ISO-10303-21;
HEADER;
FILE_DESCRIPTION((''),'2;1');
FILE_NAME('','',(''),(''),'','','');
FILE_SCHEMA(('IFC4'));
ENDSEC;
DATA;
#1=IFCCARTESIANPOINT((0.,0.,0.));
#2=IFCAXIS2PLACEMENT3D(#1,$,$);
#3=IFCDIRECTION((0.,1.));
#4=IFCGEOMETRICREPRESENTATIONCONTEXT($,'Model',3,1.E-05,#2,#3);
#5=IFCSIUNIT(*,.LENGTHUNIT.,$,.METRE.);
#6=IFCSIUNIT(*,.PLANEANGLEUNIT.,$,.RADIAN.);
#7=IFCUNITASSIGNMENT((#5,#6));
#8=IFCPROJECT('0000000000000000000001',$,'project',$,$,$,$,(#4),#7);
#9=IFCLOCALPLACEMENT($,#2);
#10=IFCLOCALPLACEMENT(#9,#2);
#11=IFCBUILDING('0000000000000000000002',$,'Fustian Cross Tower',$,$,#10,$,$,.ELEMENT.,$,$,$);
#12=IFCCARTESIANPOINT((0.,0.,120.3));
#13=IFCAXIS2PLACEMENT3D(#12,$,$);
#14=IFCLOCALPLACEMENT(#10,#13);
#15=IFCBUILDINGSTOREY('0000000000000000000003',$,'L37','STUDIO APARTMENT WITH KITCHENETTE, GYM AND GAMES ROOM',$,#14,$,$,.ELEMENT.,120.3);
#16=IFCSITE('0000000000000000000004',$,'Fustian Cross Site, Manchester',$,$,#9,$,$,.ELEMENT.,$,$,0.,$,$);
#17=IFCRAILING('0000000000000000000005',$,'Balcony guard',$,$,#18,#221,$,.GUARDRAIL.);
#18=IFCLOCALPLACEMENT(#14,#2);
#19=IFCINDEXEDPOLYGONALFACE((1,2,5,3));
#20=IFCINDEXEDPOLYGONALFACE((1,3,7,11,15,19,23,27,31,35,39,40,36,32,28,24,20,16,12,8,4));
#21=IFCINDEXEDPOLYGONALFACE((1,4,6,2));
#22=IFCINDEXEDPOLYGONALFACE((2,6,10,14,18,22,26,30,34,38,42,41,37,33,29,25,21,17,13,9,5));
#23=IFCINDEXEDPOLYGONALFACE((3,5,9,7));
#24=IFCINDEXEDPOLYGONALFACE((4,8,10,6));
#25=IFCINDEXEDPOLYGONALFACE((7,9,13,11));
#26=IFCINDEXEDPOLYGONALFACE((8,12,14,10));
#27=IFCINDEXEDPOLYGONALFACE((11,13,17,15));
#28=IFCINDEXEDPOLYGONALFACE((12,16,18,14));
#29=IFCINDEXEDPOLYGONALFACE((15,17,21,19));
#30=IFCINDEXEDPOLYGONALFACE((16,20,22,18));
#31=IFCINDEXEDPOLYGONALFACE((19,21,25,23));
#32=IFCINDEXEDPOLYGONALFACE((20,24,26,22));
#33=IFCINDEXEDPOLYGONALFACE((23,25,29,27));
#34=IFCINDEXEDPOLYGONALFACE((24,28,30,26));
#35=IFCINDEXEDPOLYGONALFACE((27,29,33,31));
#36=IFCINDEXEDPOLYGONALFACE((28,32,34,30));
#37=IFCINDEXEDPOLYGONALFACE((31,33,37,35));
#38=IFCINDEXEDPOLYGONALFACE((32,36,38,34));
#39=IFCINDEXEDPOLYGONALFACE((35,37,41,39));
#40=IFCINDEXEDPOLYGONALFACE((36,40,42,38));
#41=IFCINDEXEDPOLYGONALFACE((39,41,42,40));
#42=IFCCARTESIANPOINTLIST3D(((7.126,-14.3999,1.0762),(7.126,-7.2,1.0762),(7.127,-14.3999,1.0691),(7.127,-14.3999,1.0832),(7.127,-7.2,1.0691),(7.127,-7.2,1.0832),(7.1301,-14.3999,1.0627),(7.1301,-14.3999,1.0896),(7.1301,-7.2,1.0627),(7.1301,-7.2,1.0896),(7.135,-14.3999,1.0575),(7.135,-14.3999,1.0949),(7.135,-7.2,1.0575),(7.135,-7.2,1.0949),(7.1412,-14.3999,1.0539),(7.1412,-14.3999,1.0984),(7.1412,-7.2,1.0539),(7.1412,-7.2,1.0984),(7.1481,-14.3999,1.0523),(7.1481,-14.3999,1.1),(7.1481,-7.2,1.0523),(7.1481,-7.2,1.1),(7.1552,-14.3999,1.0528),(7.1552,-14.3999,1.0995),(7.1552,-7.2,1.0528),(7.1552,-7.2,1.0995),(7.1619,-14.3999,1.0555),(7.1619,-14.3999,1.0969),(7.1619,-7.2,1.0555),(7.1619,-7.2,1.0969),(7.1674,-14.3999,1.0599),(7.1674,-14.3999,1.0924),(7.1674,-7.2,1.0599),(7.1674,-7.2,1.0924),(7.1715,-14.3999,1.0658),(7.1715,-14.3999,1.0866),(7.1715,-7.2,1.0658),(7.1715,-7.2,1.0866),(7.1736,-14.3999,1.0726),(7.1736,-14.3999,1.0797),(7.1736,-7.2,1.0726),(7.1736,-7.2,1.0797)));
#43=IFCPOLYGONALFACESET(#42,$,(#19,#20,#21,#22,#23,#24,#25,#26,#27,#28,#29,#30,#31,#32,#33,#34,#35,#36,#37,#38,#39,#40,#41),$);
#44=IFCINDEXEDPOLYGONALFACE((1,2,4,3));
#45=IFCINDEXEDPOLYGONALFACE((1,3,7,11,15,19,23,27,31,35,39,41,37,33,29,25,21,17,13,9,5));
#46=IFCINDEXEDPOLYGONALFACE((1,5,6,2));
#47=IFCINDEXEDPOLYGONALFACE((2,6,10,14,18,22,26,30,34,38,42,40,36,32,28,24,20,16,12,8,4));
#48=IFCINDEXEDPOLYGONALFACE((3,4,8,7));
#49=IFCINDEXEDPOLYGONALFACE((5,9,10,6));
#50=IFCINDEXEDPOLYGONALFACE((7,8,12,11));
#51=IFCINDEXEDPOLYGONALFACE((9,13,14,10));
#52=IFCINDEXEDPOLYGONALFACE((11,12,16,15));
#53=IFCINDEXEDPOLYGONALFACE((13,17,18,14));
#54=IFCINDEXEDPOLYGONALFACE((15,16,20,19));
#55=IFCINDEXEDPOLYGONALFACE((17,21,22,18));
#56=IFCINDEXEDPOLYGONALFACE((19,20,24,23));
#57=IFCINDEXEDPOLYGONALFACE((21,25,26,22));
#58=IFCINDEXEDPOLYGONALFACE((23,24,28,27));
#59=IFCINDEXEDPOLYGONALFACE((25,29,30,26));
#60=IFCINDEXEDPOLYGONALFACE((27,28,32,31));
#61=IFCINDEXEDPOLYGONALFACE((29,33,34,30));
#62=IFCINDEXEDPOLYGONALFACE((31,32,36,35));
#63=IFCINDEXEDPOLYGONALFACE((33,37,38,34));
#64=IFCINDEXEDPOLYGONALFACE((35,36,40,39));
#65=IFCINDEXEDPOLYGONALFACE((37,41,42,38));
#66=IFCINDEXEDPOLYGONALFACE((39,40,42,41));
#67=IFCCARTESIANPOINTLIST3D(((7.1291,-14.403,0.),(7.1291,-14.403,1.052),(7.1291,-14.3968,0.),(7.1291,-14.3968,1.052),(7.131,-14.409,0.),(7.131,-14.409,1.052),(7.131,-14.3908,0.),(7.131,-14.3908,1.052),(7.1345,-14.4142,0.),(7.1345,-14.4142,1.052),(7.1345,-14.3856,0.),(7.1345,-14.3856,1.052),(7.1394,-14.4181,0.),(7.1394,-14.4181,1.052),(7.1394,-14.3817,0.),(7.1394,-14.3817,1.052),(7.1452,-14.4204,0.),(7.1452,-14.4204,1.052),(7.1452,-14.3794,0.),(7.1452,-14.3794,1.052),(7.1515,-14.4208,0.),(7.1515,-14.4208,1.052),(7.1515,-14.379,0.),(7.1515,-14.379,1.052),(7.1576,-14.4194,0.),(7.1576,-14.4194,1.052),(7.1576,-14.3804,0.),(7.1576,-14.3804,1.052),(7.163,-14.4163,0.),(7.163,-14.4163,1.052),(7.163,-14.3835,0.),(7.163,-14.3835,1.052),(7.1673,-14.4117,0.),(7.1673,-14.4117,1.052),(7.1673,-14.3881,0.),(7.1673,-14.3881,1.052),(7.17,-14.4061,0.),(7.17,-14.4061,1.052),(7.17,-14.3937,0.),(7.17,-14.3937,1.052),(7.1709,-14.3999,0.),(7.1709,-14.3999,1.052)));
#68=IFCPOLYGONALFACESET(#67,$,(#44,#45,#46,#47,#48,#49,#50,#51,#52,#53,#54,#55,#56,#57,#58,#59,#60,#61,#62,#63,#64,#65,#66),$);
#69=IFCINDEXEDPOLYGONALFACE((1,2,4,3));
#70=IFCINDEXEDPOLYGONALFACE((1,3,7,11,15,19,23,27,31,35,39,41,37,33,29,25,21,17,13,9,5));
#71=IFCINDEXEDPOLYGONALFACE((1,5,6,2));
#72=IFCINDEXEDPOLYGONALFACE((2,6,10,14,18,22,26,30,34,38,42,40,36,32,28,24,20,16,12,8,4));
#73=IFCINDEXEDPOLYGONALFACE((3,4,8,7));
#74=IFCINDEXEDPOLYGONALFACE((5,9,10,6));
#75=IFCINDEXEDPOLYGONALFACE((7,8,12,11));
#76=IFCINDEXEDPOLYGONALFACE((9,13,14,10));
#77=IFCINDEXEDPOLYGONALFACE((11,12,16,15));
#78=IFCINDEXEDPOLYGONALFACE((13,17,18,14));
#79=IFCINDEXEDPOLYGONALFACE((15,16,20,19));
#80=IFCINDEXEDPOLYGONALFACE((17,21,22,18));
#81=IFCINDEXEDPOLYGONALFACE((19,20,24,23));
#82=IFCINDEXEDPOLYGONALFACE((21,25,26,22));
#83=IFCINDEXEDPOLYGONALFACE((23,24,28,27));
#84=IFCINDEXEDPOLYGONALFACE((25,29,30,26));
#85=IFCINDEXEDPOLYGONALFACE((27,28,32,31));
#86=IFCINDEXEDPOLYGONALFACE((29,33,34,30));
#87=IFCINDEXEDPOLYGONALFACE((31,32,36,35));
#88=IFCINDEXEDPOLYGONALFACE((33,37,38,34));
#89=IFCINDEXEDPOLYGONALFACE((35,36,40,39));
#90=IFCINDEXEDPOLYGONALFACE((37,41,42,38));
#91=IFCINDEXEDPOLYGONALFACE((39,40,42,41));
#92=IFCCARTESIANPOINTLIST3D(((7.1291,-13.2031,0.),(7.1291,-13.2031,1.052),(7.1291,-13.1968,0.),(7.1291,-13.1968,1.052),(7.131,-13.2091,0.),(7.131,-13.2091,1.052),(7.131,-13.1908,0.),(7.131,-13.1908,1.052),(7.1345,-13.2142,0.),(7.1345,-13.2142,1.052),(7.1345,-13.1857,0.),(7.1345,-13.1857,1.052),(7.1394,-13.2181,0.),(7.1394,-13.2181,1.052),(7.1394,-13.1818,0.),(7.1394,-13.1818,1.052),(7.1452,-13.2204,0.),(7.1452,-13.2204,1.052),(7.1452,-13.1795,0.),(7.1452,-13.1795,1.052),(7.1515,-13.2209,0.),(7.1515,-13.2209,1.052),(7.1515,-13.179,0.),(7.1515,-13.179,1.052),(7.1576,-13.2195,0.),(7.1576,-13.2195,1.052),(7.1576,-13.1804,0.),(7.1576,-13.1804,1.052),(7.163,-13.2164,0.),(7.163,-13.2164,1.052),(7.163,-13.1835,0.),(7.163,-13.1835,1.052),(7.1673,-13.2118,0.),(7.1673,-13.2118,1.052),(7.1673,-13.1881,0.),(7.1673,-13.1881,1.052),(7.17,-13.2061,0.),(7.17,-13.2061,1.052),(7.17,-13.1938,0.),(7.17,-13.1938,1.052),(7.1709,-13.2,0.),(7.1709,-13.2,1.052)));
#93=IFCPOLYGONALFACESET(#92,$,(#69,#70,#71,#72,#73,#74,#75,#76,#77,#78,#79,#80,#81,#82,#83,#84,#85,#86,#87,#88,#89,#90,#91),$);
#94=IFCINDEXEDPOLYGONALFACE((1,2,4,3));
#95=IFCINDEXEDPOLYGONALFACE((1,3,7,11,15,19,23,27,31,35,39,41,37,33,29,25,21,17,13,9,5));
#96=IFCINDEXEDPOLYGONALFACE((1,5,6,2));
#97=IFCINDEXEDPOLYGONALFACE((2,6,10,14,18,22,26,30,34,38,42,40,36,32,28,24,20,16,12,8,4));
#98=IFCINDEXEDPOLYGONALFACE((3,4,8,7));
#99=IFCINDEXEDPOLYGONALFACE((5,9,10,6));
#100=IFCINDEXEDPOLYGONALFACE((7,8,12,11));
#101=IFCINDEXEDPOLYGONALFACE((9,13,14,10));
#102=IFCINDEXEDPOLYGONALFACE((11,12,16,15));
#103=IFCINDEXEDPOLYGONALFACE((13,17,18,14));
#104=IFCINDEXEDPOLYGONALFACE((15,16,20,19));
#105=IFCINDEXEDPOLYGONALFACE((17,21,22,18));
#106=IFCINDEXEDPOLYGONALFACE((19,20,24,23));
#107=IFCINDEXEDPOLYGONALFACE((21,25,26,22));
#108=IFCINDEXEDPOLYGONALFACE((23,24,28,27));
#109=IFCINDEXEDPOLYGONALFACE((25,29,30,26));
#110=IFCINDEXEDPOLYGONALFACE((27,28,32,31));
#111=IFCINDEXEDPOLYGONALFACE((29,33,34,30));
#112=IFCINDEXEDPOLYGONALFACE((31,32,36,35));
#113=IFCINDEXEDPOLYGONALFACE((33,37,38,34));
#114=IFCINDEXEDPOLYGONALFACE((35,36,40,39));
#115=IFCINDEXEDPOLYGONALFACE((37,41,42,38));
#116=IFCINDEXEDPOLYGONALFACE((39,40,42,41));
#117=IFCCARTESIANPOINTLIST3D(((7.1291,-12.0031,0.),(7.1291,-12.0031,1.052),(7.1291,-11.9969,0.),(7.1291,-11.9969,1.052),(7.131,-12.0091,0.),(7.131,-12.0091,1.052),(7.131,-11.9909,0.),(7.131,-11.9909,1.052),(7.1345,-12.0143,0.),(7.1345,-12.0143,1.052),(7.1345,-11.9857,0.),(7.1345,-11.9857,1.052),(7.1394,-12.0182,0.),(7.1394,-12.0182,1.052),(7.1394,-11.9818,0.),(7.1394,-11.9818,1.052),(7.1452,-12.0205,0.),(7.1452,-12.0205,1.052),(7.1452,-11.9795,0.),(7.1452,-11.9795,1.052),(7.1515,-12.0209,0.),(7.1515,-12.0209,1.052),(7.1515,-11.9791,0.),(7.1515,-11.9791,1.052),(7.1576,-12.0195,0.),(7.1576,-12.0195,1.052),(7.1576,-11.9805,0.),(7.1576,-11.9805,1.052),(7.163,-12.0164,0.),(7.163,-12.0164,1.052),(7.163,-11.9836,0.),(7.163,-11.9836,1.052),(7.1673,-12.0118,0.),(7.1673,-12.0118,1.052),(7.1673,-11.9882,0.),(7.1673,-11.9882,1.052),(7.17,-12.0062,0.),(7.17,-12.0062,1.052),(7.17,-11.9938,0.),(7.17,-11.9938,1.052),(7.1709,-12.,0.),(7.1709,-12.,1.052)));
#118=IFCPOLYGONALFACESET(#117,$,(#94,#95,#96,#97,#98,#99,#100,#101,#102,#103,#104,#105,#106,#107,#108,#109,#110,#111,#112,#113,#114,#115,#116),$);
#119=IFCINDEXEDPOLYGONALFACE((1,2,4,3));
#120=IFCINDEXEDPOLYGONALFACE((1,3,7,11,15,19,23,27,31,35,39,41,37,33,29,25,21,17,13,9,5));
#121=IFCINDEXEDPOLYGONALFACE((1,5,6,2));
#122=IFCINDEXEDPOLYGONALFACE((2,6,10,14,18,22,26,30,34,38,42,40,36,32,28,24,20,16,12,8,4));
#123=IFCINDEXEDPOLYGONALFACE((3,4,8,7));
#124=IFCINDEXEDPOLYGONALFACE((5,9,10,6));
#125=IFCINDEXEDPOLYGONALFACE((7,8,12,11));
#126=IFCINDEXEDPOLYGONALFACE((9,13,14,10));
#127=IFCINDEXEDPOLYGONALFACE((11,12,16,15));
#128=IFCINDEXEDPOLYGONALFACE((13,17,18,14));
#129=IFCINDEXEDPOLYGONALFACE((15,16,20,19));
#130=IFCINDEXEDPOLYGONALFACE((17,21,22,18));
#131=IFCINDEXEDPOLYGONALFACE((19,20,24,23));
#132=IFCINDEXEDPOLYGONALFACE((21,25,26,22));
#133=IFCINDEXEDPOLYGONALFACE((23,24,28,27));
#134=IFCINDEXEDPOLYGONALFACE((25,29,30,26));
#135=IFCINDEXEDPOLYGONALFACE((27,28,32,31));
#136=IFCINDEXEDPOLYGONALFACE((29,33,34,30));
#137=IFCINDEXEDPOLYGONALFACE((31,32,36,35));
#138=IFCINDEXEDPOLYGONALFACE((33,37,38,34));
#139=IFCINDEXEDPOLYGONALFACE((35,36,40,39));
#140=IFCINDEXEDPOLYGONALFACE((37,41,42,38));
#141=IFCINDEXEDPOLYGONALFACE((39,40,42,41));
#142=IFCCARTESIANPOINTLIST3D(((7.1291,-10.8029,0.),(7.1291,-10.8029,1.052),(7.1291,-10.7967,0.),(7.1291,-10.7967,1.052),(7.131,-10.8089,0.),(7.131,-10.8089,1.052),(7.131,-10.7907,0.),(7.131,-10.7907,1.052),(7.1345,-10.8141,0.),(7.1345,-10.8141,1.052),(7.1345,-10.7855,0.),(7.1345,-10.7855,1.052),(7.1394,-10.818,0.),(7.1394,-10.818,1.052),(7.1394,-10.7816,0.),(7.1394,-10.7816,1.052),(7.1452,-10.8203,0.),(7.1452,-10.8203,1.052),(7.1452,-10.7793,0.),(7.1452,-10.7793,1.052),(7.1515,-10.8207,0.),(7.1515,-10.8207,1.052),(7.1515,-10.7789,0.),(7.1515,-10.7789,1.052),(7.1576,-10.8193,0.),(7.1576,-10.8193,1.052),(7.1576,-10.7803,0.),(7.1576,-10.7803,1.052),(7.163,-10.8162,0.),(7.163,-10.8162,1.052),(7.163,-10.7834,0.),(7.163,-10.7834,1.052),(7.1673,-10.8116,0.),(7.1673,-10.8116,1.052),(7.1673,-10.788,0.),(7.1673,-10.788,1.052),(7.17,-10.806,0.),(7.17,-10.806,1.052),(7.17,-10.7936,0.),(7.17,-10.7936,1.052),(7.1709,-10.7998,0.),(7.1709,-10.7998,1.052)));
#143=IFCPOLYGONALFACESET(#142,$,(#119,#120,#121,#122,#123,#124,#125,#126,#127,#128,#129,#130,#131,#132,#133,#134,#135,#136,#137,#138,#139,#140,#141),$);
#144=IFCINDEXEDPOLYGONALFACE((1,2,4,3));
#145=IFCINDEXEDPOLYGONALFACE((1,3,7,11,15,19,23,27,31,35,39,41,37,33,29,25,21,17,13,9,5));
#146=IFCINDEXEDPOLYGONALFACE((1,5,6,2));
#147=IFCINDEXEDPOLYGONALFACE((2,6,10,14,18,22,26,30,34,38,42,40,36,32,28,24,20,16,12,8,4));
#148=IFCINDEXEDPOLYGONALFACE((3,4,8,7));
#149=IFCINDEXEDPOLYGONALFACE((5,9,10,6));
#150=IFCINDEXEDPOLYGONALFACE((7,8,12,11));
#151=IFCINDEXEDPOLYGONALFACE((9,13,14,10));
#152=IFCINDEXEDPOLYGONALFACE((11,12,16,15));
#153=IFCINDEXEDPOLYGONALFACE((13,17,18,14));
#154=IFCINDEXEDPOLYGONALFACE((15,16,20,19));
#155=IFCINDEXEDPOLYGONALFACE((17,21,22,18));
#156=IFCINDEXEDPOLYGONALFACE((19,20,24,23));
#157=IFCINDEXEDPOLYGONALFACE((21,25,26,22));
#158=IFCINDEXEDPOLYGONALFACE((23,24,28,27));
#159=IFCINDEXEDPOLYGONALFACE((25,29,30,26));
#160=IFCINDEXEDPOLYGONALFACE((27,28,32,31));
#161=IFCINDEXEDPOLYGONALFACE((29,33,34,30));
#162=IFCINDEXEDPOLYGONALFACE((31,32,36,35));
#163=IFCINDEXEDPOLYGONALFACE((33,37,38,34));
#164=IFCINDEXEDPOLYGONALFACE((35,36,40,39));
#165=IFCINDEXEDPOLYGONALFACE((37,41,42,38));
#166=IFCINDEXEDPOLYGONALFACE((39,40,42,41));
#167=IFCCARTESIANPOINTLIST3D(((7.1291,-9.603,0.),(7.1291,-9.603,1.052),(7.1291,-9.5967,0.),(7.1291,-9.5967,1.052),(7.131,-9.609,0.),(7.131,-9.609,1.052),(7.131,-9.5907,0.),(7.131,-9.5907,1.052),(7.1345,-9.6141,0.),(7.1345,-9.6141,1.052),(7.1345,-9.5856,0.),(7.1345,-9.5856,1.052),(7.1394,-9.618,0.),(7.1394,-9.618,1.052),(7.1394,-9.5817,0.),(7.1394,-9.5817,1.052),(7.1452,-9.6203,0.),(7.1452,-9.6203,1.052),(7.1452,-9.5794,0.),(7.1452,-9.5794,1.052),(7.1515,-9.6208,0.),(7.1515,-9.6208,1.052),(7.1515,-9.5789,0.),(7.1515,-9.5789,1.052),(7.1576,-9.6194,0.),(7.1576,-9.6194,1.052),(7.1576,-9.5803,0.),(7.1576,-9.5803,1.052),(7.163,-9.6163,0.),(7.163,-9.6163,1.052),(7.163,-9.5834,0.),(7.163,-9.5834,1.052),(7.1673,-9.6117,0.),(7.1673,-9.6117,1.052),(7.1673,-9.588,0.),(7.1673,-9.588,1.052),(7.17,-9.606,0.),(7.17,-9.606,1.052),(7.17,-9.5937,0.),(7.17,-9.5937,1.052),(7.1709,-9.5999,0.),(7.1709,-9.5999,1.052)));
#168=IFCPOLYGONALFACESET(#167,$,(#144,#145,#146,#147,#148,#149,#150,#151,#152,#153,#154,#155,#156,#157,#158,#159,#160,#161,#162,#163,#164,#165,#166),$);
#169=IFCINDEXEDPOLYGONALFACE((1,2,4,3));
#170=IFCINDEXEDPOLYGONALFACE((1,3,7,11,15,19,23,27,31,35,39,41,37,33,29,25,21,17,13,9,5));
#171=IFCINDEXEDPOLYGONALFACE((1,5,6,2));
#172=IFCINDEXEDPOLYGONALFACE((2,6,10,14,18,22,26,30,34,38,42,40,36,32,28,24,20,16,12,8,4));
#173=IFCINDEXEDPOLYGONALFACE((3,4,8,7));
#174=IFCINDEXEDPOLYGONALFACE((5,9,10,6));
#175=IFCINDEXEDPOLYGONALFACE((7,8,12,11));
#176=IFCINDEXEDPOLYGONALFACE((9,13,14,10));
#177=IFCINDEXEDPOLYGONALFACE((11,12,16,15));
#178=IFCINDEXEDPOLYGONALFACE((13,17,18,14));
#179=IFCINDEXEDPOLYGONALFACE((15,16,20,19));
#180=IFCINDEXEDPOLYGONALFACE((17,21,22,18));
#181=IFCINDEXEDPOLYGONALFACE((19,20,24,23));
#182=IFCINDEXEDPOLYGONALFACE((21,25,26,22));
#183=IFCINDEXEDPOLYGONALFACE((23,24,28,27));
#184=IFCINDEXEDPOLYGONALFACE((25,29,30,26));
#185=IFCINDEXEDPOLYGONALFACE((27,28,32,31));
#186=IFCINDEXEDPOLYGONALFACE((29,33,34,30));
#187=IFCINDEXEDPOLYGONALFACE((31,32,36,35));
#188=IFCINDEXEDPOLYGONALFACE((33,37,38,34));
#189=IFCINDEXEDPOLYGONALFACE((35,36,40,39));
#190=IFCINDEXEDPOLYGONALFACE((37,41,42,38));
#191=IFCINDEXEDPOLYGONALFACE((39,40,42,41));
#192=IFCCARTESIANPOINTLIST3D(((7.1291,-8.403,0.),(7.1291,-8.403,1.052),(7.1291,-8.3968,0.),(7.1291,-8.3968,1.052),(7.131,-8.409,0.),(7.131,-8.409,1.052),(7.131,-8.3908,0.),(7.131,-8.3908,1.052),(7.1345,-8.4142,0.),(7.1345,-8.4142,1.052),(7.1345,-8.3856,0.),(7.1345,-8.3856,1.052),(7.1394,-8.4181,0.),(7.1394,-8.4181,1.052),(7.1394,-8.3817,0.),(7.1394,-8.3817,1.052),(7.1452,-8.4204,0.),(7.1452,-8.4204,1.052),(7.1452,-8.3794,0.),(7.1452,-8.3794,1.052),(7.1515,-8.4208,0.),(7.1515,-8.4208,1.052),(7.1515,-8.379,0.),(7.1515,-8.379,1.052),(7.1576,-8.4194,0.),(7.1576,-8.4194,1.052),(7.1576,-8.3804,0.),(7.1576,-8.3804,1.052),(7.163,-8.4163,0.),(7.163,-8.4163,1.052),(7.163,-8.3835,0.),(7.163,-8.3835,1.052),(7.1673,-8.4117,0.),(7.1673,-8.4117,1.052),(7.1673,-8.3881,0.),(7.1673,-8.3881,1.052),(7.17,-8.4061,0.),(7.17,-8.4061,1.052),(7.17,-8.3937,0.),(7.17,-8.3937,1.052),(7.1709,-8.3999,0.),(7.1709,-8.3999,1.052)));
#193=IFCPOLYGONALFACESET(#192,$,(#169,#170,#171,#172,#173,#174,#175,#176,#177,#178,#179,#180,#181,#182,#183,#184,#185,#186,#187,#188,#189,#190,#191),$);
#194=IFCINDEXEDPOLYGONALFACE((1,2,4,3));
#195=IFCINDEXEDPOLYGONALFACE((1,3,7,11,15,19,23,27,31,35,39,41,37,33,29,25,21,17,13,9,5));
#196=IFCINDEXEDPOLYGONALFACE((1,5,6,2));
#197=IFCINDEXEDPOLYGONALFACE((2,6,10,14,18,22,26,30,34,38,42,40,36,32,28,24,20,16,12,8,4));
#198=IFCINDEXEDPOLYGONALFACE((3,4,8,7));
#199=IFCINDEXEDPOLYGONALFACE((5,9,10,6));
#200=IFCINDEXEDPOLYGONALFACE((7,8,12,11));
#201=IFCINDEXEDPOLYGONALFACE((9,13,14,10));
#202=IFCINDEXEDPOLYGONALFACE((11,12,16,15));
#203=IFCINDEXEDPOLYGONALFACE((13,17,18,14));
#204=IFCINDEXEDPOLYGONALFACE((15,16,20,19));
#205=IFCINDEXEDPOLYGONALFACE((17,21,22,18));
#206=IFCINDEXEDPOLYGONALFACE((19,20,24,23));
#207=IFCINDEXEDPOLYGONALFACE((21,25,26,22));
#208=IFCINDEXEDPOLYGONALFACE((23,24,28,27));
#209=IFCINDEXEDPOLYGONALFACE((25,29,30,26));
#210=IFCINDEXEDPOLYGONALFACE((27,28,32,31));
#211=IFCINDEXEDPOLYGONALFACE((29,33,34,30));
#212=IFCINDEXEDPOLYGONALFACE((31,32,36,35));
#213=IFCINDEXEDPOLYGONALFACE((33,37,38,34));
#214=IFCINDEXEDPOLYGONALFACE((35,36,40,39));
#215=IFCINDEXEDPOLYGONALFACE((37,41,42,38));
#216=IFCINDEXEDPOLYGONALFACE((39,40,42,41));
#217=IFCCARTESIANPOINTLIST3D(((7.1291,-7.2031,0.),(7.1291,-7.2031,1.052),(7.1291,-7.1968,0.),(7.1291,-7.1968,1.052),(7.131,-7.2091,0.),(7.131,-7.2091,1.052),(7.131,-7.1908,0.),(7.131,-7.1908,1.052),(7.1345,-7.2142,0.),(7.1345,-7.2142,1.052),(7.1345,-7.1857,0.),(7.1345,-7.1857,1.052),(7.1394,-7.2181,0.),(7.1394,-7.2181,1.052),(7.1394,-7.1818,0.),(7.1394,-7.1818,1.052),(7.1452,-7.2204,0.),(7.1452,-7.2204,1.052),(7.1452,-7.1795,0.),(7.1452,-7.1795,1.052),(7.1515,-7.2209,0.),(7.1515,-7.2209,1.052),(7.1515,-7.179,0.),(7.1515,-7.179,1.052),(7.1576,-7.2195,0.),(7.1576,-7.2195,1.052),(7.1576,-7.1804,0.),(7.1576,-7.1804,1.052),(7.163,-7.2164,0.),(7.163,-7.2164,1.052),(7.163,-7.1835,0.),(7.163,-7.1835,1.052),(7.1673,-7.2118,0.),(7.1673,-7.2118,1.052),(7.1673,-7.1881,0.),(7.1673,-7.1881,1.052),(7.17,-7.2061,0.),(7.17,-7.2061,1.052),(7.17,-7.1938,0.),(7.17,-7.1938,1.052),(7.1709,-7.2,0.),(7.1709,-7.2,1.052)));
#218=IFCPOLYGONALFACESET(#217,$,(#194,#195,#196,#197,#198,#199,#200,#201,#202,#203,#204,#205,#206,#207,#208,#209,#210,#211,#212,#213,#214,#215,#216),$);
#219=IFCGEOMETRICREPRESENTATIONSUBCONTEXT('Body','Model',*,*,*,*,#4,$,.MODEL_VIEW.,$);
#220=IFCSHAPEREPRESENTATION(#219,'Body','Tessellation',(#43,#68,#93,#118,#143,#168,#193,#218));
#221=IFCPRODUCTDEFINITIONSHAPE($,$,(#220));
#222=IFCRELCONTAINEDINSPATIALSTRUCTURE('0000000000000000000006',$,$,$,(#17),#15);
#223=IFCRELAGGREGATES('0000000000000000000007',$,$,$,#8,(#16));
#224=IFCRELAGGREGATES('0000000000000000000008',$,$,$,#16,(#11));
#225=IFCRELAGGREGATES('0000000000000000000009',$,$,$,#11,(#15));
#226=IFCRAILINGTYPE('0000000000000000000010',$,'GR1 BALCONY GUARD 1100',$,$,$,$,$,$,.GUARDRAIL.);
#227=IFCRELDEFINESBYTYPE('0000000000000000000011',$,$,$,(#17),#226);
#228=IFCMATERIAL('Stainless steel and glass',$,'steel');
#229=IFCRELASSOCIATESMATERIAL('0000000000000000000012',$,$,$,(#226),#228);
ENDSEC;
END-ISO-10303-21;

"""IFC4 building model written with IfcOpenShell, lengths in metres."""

from ifc_helpers import new_model, si_unit, direction, frame, origin, origin_2d, place, context, subcontext, project, spatial, circle, extrude, material, type_object, element, save


model = new_model("IFC4")

# Units and contexts
model_context = context("Model", 3, precision=1e-05, world=origin(), true_north=direction((0.0, 1.0)))
body_context = subcontext(model_context, "Body", "Model", "MODEL_VIEW")
ifc_project = project(units=[si_unit("LENGTHUNIT", "METRE"), si_unit("PLANEANGLEUNIT", "RADIAN")], contexts=[model_context])

# Site, building, storey
site_placement = place(None, origin())
site = spatial("IfcSite", under=ifc_project, at=site_placement, Name="Fustian Cross Site, Manchester", CompositionType="ELEMENT", RefElevation=0.0)
building_placement = place(site_placement, origin())
building = spatial("IfcBuilding", under=site, at=building_placement, Name="Fustian Cross Tower", CompositionType="ELEMENT")
storey_placement = place(building_placement, frame((0.0, 0.0, 120.3)))
storey = spatial("IfcBuildingStorey", under=building, at=storey_placement, Name="L37", Description="STUDIO APARTMENT WITH KITCHENETTE, GYM AND GAMES ROOM", CompositionType="ELEMENT", Elevation=120.3)

# Railing
ifc_material_1 = material(Name="Stainless steel and glass", Category="steel")
railing_type = type_object("IfcRailingType", Name="GR1 BALCONY GUARD 1100", PredefinedType="GUARDRAIL", material=ifc_material_1)
railing_placement = place(storey_placement, frame((7.1499, -14.3999, 0.0)))
element("IfcRailing", 1, at=railing_placement, inside=storey, type_object=railing_type, Name="Balcony guard", PredefinedType="GUARDRAIL", context=body_context, shape_type="SweptSolid", body=[
    extrude(circle(Radius=0.0239, at=origin_2d()), frame((0.0, 0.0, 1.0762), z_axis=(0.0, 1.0, 0.0), x_axis=(-1.0, 0.0, 0.0)), (0.0, 0.0, 1.0), 7.2),
    extrude(circle(Radius=0.021, at=origin_2d()), origin(), (0.0, 0.0, 1.0), 1.052),
    extrude(circle(Radius=0.021, at=origin_2d()), frame((0.0, 1.2, 0.0)), (0.0, 0.0, 1.0), 1.052),
    extrude(circle(Radius=0.021, at=origin_2d()), frame((0.0, 2.3999, 0.0)), (0.0, 0.0, 1.0), 1.052),
    extrude(circle(Radius=0.021, at=origin_2d()), frame((0.0, 3.6001, 0.0)), (0.0, 0.0, 1.0), 1.052),
    extrude(circle(Radius=0.021, at=origin_2d()), frame((0.0, 4.8, 0.0)), (0.0, 0.0, 1.0), 1.052),
    extrude(circle(Radius=0.021, at=origin_2d()), frame((0.0, 6.0, 0.0)), (0.0, 0.0, 1.0), 1.052),
    extrude(circle(Radius=0.021, at=origin_2d()), frame((0.0, 7.2, 0.0)), (0.0, 0.0, 1.0), 1.052),
])

save(model, "model.ifc")
